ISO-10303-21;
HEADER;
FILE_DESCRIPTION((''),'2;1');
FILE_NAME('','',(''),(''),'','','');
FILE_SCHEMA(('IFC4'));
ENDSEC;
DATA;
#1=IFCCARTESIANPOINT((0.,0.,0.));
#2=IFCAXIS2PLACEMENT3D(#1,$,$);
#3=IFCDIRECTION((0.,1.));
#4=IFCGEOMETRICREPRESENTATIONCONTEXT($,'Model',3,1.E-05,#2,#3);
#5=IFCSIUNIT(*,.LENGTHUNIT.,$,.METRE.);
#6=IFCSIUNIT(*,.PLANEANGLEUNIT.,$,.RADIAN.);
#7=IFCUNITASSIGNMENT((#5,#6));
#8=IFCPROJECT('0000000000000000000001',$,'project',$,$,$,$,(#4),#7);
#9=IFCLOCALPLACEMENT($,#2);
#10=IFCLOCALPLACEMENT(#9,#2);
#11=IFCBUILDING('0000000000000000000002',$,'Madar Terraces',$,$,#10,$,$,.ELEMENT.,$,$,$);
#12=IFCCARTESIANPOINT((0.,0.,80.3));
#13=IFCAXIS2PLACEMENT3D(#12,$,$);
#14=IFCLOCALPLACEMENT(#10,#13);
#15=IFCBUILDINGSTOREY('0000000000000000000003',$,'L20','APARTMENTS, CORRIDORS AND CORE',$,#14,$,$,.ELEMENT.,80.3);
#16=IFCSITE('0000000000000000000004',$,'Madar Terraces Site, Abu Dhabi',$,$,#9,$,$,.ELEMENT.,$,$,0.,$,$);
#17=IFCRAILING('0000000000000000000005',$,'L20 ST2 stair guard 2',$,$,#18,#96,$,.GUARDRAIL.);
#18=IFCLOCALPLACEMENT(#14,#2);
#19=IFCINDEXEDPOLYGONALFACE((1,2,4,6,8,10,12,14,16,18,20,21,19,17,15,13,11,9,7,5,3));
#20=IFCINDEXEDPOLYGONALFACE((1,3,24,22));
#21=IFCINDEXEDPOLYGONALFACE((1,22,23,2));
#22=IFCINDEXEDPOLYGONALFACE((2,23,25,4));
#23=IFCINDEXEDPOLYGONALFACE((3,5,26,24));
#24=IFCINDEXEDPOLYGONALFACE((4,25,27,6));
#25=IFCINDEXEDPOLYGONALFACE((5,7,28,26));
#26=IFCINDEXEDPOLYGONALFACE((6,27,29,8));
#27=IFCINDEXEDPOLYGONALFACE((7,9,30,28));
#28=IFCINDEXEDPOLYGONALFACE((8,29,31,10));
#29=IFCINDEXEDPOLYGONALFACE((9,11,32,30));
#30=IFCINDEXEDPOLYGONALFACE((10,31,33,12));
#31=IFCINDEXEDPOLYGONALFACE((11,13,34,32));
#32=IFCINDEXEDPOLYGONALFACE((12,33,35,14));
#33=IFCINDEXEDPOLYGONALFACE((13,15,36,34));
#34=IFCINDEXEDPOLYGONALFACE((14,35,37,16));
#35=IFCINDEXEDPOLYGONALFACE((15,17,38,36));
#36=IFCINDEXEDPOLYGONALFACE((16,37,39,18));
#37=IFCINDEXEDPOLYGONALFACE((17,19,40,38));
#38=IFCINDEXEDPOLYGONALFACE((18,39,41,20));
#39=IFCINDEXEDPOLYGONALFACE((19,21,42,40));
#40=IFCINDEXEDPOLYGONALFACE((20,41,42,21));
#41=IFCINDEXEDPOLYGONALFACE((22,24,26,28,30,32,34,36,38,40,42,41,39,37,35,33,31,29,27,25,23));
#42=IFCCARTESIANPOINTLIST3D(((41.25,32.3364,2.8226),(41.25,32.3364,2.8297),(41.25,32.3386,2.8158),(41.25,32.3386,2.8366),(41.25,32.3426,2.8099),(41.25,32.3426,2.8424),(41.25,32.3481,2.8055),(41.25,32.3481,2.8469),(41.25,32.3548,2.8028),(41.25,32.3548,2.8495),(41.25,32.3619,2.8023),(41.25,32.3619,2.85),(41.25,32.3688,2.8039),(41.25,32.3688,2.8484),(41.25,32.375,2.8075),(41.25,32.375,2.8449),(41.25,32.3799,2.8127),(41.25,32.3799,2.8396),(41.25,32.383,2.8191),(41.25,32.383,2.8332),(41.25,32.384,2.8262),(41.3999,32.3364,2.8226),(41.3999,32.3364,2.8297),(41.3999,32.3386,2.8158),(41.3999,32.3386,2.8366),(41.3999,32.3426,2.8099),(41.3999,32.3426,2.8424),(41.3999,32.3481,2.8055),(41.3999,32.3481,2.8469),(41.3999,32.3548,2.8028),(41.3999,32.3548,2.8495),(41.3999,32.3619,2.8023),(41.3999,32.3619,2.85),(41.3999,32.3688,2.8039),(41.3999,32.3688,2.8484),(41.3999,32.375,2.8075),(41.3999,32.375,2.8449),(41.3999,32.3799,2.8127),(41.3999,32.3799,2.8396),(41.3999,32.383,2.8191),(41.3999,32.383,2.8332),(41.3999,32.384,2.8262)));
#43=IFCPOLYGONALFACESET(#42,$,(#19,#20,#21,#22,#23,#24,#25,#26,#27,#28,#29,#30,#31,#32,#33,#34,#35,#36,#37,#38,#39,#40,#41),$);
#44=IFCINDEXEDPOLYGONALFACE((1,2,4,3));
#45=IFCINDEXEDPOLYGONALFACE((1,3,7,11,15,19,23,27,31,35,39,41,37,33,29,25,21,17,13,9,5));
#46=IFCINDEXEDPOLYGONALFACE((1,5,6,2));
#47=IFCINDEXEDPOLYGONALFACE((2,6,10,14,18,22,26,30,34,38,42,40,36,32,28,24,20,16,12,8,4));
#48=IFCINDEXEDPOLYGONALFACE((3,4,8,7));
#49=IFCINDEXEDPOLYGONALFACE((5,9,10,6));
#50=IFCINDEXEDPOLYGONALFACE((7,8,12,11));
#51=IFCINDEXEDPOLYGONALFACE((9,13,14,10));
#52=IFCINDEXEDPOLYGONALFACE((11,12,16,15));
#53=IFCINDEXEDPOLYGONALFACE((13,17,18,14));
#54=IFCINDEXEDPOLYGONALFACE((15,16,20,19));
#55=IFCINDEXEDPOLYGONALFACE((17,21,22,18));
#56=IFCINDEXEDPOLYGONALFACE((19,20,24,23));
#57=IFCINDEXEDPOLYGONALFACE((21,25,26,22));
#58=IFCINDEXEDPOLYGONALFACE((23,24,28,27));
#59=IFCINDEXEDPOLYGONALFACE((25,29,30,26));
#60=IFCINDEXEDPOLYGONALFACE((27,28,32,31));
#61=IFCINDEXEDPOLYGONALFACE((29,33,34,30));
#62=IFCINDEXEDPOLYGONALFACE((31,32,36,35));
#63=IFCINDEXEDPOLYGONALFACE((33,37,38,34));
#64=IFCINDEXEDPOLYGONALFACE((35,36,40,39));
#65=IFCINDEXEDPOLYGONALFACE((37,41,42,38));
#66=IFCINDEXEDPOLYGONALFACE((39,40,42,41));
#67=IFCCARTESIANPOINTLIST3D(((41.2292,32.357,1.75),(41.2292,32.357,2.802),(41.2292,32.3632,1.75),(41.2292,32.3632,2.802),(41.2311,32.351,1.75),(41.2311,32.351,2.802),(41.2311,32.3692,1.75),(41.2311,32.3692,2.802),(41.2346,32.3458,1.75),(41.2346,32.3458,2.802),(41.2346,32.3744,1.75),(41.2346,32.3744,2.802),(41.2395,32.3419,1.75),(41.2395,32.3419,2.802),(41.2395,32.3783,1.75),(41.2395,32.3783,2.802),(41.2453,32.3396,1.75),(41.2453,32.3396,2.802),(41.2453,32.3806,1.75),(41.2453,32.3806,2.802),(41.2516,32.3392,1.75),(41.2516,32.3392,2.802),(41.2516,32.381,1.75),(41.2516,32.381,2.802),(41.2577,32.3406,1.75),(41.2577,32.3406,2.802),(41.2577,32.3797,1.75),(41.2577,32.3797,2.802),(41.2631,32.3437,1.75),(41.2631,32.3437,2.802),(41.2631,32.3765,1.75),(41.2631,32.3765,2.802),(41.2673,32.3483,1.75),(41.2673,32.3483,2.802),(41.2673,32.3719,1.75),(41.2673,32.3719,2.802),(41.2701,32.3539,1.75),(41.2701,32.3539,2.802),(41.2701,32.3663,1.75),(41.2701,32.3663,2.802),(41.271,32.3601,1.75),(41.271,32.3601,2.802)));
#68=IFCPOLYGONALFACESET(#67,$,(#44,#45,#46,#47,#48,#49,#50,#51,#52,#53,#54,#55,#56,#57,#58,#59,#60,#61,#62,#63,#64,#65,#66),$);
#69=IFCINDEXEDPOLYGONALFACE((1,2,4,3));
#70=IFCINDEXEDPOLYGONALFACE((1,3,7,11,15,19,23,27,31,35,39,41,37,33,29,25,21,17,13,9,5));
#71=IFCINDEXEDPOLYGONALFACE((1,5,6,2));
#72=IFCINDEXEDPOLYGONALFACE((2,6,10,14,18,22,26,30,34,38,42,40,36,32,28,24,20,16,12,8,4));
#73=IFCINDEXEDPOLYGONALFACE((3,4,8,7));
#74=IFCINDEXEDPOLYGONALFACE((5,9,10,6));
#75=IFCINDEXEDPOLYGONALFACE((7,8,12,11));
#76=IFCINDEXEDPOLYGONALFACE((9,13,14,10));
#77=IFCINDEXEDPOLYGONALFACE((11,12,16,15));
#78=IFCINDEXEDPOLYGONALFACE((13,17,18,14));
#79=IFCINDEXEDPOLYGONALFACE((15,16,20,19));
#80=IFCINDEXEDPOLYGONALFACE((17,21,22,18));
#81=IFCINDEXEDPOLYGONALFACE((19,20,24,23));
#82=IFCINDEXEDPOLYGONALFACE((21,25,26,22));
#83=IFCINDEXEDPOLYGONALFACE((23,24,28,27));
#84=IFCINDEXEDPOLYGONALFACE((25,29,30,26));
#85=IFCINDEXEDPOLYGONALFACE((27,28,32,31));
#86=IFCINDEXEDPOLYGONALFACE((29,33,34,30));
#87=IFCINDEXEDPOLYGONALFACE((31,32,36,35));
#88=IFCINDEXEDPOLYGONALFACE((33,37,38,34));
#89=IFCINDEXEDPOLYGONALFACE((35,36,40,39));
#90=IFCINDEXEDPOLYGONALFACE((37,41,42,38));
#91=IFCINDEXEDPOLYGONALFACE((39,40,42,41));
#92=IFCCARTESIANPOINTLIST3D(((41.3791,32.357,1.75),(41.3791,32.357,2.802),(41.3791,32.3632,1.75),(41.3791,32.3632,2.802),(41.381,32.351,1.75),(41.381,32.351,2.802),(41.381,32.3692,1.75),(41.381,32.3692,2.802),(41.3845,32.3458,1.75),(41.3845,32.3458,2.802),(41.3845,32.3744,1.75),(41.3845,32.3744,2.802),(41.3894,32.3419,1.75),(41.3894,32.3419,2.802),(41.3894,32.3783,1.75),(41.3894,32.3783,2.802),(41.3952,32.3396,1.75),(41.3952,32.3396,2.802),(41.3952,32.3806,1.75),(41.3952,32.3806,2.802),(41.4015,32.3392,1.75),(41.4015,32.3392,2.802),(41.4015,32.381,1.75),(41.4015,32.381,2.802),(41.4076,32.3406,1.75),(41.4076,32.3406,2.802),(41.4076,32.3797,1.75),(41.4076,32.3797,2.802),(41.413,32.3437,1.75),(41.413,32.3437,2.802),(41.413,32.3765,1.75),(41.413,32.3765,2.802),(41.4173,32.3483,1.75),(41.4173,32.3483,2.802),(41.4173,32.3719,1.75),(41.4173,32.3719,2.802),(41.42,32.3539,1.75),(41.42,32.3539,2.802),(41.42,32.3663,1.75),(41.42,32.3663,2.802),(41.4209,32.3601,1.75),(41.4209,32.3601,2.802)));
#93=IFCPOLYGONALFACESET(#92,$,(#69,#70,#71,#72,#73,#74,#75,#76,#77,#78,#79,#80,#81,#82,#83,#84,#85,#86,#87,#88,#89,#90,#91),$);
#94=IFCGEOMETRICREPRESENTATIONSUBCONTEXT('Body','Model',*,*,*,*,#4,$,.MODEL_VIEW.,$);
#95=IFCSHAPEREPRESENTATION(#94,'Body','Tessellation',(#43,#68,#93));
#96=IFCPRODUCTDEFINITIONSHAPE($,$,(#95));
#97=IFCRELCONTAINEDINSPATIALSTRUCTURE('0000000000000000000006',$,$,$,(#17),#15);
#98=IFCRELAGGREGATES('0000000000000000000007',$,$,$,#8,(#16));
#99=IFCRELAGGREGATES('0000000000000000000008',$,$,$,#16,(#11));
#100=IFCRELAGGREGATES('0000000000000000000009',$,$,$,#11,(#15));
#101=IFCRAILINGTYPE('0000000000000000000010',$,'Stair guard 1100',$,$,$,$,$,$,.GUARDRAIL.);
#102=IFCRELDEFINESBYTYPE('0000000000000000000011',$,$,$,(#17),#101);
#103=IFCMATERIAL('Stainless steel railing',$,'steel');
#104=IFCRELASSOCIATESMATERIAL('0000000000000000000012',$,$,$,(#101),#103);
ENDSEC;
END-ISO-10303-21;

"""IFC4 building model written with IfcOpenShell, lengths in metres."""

from ifc_helpers import new_model, si_unit, direction, frame, origin, origin_2d, place, context, subcontext, project, spatial, circle, extrude, material, type_object, element, save


model = new_model("IFC4")

# Units and contexts
model_context = context("Model", 3, precision=1e-05, world=origin(), true_north=direction((0.0, 1.0)))
body_context = subcontext(model_context, "Body", "Model", "MODEL_VIEW")
ifc_project = project(units=[si_unit("LENGTHUNIT", "METRE"), si_unit("PLANEANGLEUNIT", "RADIAN")], contexts=[model_context])

# Site, building, storey
site_placement = place(None, origin())
site = spatial("IfcSite", under=ifc_project, at=site_placement, Name="Madar Terraces Site, Abu Dhabi", CompositionType="ELEMENT", RefElevation=0.0)
building_placement = place(site_placement, origin())
building = spatial("IfcBuilding", under=site, at=building_placement, Name="Madar Terraces", CompositionType="ELEMENT")
storey_placement = place(building_placement, frame((0.0, 0.0, 80.3)))
storey = spatial("IfcBuildingStorey", under=building, at=storey_placement, Name="L20", Description="APARTMENTS, CORRIDORS AND CORE", CompositionType="ELEMENT", Elevation=80.3)

# Railing
ifc_material_1 = material(Name="Stainless steel railing", Category="steel")
railing_type_1 = type_object("IfcRailingType", Name="Stair guard 1100", PredefinedType="GUARDRAIL", material=ifc_material_1)
railing_1_placement = place(storey_placement, frame((41.25, 32.3601, 1.75)))
element("IfcRailing", 1, at=railing_1_placement, inside=storey, type_object=railing_type_1, Name="L20 ST2 stair guard 2", PredefinedType="GUARDRAIL", context=body_context, shape_type="SweptSolid", body=[
    extrude(circle(Radius=0.0239, at=origin_2d()), frame((0.0, 0.0, 1.0762), z_axis=(1.0, 0.0, 0.0), x_axis=(0.0, 1.0, 0.0)), (0.0, 0.0, 1.0), 0.1499),
    extrude(circle(Radius=0.021, at=origin_2d()), origin(), (0.0, 0.0, 1.0), 1.052),
    extrude(circle(Radius=0.021, at=origin_2d()), frame((0.1499, 0.0, 0.0)), (0.0, 0.0, 1.0), 1.052),
])

save(model, "model.ifc")
